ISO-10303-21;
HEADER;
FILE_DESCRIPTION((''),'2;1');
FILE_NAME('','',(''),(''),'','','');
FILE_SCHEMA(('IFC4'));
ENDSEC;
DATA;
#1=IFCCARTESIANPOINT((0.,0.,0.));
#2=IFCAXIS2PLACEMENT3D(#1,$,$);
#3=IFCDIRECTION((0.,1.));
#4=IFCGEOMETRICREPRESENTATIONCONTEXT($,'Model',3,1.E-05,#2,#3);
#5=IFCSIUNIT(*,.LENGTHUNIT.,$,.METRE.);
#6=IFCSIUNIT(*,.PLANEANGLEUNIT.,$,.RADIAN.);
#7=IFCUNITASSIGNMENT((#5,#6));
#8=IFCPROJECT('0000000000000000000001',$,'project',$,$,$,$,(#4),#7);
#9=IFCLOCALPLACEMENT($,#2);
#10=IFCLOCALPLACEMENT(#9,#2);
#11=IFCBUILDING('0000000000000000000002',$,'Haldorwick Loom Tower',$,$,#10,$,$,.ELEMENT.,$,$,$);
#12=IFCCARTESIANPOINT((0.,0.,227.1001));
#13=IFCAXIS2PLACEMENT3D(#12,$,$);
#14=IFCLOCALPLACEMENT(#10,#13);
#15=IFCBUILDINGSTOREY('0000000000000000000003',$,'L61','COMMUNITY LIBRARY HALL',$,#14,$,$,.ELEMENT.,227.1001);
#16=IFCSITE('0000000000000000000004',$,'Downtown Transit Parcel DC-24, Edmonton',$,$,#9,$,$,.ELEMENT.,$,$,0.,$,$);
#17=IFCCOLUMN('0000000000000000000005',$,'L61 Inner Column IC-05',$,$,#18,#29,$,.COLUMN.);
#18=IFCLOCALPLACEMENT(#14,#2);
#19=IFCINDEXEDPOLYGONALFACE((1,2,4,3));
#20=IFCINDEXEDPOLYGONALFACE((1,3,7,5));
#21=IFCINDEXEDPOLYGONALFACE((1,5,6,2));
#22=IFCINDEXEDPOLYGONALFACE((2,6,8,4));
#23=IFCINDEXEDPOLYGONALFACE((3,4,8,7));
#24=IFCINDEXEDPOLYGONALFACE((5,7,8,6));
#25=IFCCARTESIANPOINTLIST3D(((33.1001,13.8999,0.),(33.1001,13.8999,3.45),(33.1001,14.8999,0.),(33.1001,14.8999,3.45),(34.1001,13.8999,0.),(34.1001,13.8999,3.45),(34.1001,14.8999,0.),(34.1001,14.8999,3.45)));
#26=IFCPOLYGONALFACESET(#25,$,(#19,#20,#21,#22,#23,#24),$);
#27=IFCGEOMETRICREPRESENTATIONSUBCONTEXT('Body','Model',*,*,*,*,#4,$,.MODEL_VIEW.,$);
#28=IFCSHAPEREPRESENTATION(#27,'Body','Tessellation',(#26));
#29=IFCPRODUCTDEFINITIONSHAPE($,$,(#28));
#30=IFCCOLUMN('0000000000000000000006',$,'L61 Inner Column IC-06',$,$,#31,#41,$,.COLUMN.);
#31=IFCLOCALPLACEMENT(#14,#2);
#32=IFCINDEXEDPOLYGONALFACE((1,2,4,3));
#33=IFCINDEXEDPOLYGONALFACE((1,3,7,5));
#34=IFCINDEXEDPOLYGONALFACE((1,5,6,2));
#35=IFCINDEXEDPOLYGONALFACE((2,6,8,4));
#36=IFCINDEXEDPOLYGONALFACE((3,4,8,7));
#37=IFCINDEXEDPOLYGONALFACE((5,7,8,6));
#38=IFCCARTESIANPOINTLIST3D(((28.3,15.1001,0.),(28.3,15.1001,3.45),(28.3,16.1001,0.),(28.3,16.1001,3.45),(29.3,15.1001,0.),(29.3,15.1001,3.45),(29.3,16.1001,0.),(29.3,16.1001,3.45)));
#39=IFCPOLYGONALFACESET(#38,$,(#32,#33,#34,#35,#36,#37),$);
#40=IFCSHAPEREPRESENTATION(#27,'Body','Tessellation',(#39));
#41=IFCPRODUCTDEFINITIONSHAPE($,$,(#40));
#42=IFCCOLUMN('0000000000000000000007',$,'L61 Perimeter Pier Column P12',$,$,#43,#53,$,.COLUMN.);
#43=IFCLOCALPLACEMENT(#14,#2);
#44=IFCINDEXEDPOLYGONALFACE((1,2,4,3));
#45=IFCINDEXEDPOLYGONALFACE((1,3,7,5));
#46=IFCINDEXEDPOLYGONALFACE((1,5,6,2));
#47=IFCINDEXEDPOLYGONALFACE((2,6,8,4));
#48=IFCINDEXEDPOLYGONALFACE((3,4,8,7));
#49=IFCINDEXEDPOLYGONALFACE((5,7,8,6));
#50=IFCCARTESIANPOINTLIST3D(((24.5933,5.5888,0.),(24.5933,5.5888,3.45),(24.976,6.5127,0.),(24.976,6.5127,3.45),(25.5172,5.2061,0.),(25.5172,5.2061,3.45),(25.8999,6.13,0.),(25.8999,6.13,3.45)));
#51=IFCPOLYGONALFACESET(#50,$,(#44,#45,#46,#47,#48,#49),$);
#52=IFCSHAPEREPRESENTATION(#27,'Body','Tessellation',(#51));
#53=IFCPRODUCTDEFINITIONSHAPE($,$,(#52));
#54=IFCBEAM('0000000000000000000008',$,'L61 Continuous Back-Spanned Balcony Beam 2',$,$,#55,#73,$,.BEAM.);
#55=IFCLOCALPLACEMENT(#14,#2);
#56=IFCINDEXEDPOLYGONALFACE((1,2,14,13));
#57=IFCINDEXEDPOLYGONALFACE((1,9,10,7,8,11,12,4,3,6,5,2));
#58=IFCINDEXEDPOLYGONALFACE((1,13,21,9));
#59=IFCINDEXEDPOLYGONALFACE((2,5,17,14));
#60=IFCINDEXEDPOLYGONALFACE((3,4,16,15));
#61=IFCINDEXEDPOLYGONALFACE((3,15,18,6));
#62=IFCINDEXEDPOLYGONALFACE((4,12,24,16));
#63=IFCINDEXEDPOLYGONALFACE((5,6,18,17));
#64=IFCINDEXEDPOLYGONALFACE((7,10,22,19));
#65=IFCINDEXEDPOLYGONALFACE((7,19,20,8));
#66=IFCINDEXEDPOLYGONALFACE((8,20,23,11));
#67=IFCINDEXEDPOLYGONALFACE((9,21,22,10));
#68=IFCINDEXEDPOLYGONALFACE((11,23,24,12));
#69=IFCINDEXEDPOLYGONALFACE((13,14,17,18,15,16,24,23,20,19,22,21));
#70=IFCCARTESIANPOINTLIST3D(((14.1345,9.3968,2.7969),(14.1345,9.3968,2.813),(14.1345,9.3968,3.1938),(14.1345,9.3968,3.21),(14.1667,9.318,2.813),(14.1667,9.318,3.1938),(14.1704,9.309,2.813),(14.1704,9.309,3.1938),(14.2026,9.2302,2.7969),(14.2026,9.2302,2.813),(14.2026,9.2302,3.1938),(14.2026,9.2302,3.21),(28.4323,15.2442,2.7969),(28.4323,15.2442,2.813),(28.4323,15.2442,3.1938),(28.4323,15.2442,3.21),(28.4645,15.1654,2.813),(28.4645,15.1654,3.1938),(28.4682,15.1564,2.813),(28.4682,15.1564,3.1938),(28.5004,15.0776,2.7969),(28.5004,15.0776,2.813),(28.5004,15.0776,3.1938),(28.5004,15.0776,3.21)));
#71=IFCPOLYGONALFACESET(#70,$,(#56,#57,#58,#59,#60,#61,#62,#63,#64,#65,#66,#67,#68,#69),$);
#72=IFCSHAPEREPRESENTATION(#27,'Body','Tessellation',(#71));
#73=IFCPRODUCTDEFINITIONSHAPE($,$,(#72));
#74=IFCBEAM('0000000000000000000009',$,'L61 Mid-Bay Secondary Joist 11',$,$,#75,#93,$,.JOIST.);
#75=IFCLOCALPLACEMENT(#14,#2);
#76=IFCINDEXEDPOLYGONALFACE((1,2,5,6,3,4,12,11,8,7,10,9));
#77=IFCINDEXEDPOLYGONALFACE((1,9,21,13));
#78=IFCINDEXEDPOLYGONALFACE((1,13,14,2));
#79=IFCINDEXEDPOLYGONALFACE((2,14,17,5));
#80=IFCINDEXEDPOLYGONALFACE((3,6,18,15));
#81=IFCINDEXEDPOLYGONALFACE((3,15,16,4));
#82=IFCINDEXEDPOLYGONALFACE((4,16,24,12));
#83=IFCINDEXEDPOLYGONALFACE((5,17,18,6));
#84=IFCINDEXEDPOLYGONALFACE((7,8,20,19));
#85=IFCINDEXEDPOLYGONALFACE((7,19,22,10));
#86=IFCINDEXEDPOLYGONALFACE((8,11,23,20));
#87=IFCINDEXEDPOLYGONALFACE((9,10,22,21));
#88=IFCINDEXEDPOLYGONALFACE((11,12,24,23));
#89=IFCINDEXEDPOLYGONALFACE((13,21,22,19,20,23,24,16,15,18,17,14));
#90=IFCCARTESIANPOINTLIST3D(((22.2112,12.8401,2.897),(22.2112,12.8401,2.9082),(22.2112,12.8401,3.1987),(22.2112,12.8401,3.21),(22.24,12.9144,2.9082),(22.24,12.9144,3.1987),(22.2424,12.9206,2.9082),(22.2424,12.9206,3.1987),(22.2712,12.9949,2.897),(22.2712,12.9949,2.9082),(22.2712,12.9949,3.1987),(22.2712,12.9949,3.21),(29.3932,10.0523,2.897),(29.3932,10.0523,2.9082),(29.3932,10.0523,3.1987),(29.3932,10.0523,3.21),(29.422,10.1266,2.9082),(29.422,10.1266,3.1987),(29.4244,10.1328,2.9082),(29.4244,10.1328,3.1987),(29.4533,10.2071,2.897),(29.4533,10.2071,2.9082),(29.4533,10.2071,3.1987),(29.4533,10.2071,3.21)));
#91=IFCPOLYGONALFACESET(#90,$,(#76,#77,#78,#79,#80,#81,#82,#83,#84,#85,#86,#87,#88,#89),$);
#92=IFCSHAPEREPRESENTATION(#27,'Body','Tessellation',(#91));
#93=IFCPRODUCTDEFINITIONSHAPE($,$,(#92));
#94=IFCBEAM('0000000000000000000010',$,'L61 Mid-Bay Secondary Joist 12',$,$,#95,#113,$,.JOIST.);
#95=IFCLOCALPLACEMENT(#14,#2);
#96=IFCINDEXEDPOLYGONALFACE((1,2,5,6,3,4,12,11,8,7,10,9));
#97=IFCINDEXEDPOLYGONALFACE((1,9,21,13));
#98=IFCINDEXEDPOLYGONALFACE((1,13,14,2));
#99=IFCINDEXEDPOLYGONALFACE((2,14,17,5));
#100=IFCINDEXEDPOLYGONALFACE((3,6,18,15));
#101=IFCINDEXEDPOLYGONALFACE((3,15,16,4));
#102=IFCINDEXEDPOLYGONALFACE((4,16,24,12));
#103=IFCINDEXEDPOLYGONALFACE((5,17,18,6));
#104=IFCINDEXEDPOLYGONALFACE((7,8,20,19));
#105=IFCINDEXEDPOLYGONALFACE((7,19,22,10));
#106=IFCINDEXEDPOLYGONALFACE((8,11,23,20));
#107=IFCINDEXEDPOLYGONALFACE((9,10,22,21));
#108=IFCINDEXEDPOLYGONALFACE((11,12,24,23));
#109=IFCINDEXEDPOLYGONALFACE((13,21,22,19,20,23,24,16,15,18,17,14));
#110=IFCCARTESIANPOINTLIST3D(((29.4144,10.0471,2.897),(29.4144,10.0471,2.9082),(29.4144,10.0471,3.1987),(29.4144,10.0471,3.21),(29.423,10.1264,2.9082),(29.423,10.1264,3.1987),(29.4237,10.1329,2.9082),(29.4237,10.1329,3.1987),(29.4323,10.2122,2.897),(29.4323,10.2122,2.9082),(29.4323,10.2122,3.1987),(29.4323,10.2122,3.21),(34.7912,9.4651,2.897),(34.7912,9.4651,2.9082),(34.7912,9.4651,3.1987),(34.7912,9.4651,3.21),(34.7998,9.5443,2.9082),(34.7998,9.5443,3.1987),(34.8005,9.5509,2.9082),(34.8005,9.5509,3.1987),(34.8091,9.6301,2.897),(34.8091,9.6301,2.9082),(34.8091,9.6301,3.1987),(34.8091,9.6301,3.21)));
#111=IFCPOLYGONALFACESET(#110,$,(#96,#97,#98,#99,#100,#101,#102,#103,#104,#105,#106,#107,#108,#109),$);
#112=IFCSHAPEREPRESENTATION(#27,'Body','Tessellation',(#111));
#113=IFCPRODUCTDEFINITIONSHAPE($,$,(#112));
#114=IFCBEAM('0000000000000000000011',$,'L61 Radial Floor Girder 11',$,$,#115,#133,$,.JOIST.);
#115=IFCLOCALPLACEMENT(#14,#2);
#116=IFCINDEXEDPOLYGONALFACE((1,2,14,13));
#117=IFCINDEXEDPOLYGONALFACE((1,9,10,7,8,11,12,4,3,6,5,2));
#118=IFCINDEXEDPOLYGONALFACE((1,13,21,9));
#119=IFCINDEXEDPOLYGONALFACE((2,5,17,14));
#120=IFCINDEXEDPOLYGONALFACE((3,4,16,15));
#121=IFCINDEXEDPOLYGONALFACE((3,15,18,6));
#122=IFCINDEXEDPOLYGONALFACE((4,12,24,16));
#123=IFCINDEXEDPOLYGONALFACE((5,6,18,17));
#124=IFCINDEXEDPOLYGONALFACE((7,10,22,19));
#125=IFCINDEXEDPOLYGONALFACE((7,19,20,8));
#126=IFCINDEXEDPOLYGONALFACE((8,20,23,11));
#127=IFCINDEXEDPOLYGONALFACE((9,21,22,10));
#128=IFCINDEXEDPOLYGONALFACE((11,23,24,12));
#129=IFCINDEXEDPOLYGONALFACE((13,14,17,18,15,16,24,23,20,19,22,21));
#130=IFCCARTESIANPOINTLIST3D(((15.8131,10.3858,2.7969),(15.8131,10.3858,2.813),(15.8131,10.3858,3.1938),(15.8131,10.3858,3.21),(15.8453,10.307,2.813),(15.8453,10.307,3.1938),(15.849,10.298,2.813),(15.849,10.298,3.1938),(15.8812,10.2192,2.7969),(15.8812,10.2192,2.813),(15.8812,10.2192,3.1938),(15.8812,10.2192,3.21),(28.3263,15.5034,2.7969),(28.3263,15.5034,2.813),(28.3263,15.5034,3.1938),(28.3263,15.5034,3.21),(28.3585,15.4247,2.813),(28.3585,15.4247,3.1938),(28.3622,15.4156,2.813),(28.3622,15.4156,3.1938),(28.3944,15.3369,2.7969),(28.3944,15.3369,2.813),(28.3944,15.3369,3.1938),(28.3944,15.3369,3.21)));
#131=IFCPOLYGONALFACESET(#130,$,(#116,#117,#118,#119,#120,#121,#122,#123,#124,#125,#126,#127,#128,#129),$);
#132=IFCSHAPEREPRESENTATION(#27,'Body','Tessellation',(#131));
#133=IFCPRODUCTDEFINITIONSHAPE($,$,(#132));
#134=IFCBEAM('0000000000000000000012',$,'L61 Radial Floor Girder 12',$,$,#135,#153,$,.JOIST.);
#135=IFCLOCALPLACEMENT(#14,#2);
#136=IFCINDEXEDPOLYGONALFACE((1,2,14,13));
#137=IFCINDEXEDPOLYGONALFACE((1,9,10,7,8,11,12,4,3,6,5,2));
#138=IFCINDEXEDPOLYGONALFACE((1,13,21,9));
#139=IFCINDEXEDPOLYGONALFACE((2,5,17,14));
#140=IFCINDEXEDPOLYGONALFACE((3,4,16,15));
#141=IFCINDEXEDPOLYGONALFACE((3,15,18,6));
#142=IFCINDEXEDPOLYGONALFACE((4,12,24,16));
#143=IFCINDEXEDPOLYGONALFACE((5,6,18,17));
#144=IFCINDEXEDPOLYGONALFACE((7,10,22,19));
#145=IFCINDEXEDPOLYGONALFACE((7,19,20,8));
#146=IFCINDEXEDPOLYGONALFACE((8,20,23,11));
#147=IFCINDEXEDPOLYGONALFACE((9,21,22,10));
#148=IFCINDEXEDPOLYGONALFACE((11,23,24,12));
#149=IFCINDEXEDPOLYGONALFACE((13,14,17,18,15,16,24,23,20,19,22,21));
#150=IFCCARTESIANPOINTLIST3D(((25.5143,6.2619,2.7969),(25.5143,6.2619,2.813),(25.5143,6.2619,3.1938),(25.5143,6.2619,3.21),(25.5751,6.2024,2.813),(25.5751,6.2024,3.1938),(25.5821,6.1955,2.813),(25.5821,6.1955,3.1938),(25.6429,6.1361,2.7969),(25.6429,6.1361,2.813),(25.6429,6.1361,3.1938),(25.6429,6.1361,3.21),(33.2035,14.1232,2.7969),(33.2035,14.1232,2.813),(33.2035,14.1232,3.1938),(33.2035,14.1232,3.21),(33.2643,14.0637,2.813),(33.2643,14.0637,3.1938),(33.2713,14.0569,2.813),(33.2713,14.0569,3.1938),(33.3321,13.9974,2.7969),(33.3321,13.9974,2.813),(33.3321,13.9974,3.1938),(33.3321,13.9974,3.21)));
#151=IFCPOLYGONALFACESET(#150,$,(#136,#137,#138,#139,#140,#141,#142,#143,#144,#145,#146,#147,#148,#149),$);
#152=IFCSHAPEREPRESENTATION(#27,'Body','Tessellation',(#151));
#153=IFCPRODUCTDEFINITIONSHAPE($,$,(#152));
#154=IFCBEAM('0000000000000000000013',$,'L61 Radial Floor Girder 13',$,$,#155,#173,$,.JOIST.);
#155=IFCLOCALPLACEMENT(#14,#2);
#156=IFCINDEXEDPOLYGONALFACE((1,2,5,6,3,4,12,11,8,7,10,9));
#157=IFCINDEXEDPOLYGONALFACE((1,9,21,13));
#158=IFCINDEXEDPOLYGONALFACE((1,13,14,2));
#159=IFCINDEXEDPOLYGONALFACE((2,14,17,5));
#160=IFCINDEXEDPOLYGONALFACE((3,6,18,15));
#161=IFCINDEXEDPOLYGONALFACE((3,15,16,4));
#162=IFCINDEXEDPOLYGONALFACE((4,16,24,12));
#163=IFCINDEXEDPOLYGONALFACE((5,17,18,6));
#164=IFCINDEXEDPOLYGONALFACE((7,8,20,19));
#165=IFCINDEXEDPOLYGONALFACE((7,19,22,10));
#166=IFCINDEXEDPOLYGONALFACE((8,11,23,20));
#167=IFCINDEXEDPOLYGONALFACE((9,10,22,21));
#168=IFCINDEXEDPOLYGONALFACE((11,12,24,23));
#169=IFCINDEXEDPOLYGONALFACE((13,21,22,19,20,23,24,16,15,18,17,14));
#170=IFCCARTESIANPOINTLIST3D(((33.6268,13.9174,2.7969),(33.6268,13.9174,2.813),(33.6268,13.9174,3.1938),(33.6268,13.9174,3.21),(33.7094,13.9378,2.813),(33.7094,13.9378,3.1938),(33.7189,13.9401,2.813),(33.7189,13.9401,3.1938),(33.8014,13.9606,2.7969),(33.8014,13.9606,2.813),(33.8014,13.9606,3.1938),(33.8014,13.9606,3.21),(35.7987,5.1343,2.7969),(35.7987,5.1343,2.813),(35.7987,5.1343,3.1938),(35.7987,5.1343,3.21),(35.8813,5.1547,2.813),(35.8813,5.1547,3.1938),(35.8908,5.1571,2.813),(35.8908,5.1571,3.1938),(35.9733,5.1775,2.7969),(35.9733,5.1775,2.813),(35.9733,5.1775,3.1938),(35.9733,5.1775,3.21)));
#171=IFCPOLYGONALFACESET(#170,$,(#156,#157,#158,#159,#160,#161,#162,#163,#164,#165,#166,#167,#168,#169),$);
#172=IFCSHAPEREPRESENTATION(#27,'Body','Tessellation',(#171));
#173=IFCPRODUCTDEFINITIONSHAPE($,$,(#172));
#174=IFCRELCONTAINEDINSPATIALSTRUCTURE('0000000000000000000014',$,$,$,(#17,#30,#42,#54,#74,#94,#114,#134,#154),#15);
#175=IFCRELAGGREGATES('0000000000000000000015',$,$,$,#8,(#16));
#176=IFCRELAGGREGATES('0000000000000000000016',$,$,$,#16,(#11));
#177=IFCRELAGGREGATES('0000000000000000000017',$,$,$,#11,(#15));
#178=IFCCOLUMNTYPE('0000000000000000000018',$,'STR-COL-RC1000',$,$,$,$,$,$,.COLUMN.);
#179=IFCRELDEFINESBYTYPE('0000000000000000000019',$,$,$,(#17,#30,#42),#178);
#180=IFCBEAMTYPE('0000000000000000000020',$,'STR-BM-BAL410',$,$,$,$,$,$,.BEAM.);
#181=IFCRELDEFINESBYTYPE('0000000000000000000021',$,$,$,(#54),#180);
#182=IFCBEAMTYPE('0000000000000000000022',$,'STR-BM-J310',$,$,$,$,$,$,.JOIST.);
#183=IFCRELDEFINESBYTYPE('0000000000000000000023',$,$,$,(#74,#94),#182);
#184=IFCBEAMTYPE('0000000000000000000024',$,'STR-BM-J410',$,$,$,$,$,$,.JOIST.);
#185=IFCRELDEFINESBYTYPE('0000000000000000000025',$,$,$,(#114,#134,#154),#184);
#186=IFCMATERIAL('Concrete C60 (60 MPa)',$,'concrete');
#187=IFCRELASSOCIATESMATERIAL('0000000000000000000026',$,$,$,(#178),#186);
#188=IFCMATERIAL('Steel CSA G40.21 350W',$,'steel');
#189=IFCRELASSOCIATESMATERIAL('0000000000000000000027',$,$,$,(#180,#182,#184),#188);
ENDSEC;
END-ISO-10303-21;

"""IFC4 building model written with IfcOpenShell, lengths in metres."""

from ifc_helpers import new_model, si_unit, direction, frame, origin, origin_2d, place, context, subcontext, project, spatial, rectangle, i_section, extrude, material, material_profile, profile_set, type_object, element, save


model = new_model("IFC4")

# Units and contexts
model_context = context("Model", 3, precision=1e-05, world=origin(), true_north=direction((0.0, 1.0)))
body_context = subcontext(model_context, "Body", "Model", "MODEL_VIEW")
ifc_project = project(units=[si_unit("LENGTHUNIT", "METRE"), si_unit("PLANEANGLEUNIT", "RADIAN")], contexts=[model_context])

# Site, building, storey
site_placement = place(None, origin())
site = spatial("IfcSite", under=ifc_project, at=site_placement, Name="Downtown Transit Parcel DC-24, Edmonton", CompositionType="ELEMENT", RefElevation=0.0)
building_placement = place(site_placement, origin())
building = spatial("IfcBuilding", under=site, at=building_placement, Name="Haldorwick Loom Tower", CompositionType="ELEMENT")
storey_placement = place(building_placement, frame((0.0, 0.0, 227.1001)))
storey = spatial("IfcBuildingStorey", under=building, at=storey_placement, Name="L61", Description="COMMUNITY LIBRARY HALL", CompositionType="ELEMENT", Elevation=227.1001)

# Columns
ifc_material_1 = material(Name="Concrete C60 (60 MPa)", Category="concrete")
ifc_material_profile_1 = material_profile(ifc_material_1, rectangle(XDim=1.0, YDim=1.0, at=origin_2d()), Name="RC1000X1000", Category="concrete")
ifc_profile_set_1 = profile_set([ifc_material_profile_1], Name="Concrete C60 (60 MPa)")
column_type = type_object("IfcColumnType", Name="STR-COL-RC1000", PredefinedType="COLUMN", material=ifc_profile_set_1)
for number, where, z_axis, x_axis, name in (
    (1, (33.6001, 14.3999, 0.0), (0.0, 0.0, 1.0), (1.0, 0.0, 0.0), "L61 Inner Column IC-05"),
    (2, (28.8, 15.6001, 0.0), (0.0, 0.0, 1.0), (1.0, 0.0, 0.0), "L61 Inner Column IC-06"),
    (3, (25.2466, 5.8594, 0.0), (0.0, 0.0, 1.0), (-0.382683, -0.92388, 0.0), "L61 Perimeter Pier Column P12"),
):
    element("IfcColumn", number, at=place(storey_placement, frame(where, z_axis=z_axis, x_axis=x_axis)), inside=storey, type_object=column_type, Name=name, PredefinedType="COLUMN", context=body_context, shape_type="SweptSolid", body=[
        extrude(rectangle(XDim=1.0, YDim=1.0, at=origin_2d()), origin(), (0.0, 0.0, 1.0), 3.45),
    ])

# Beams
ifc_material_2 = material(Name="Steel CSA G40.21 350W", Category="steel")
ifc_material_profile_2 = material_profile(ifc_material_2, i_section(OverallWidth=0.1799, OverallDepth=0.4131, WebThickness=0.0098, FlangeThickness=0.0161, at=origin_2d()), Name="W410X74", Category="steel")
ifc_profile_set_2 = profile_set([ifc_material_profile_2], Name="Steel CSA G40.21 350W")
beam_type_1 = type_object("IfcBeamType", Name="STR-BM-BAL410", PredefinedType="BEAM", material=ifc_profile_set_2)
beam_1_placement = place(storey_placement, frame((28.4663, 15.1609, 3.0034), z_axis=(-0.925586, -0.378538, 0.0), x_axis=(0.378538, -0.925586, 0.0)))
element("IfcBeam", 4, at=beam_1_placement, inside=storey, type_object=beam_type_1, Name="L61 Continuous Back-Spanned Balcony Beam 2", PredefinedType="BEAM", context=body_context, shape_type="SweptSolid", body=[
    extrude(i_section(OverallWidth=0.1799, OverallDepth=0.4131, WebThickness=0.0098, FlangeThickness=0.0161, at=origin_2d()), origin(), (0.0, 0.0, 1.0), 15.4473),
])
ifc_material_profile_3 = material_profile(ifc_material_2, i_section(OverallWidth=0.166, OverallDepth=0.313, WebThickness=0.0066, FlangeThickness=0.0112, at=origin_2d()), Name="W310X45", Category="steel")
ifc_profile_set_3 = profile_set([ifc_material_profile_3], Name="Steel CSA G40.21 350W")
beam_type_2 = type_object("IfcBeamType", Name="STR-BM-J310", PredefinedType="JOIST", material=ifc_profile_set_3)
beam_2_placement = place(storey_placement, frame((22.2412, 12.9175, 3.0535), z_axis=(0.932233, -0.361859, 0.0), x_axis=(0.361859, 0.932233, 0.0)))
element("IfcBeam", 5, at=beam_2_placement, inside=storey, type_object=beam_type_2, Name="L61 Mid-Bay Secondary Joist 11", PredefinedType="JOIST", context=body_context, shape_type="SweptSolid", body=[
    extrude(i_section(OverallWidth=0.166, OverallDepth=0.313, WebThickness=0.0066, FlangeThickness=0.0112, at=origin_2d()), origin(), (0.0, 0.0, 1.0), 7.7041),
])
beam_3_placement = place(storey_placement, frame((29.4233, 10.1296, 3.0535), z_axis=(0.994192, -0.107622, 0.0), x_axis=(0.107622, 0.994192, 0.0)))
element("IfcBeam", 6, at=beam_3_placement, inside=storey, type_object=beam_type_2, Name="L61 Mid-Bay Secondary Joist 12", PredefinedType="JOIST", context=body_context, shape_type="SweptSolid", body=[
    extrude(i_section(OverallWidth=0.166, OverallDepth=0.313, WebThickness=0.0066, FlangeThickness=0.0112, at=origin_2d()), origin(), (0.0, 0.0, 1.0), 5.4082),
])
ifc_material_profile_4 = material_profile(ifc_material_2, i_section(OverallWidth=0.1799, OverallDepth=0.4131, WebThickness=0.0098, FlangeThickness=0.0161, at=origin_2d()), Name="W410X74", Category="steel")
ifc_profile_set_4 = profile_set([ifc_material_profile_4], Name="Steel CSA G40.21 350W")
beam_type_3 = type_object("IfcBeamType", Name="STR-BM-J410", PredefinedType="JOIST", material=ifc_profile_set_4)
beam_4_placement = place(storey_placement, frame((28.3604, 15.4202, 3.0034), z_axis=(-0.925582, -0.378547, 0.0), x_axis=(0.378547, -0.925582, 0.0)))
element("IfcBeam", 7, at=beam_4_placement, inside=storey, type_object=beam_type_3, Name="L61 Radial Floor Girder 11", PredefinedType="JOIST", context=body_context, shape_type="SweptSolid", body=[
    extrude(i_section(OverallWidth=0.1799, OverallDepth=0.4131, WebThickness=0.0098, FlangeThickness=0.0161, at=origin_2d()), origin(), (0.0, 0.0, 1.0), 13.5193),
])
beam_5_placement = place(storey_placement, frame((33.2678, 14.0603, 3.0034), z_axis=(-0.699237, -0.71489, 0.0), x_axis=(0.71489, -0.699237, 0.0)))
element("IfcBeam", 8, at=beam_5_placement, inside=storey, type_object=beam_type_3, Name="L61 Radial Floor Girder 12", PredefinedType="JOIST", context=body_context, shape_type="SweptSolid", body=[
    extrude(i_section(OverallWidth=0.1799, OverallDepth=0.4131, WebThickness=0.0098, FlangeThickness=0.0161, at=origin_2d()), origin(), (0.0, 0.0, 1.0), 10.9966),
])
beam_6_placement = place(storey_placement, frame((33.7141, 13.939, 3.0034), z_axis=(0.240052, -0.97076, 0.0), x_axis=(0.97076, 0.240052, 0.0)))
element("IfcBeam", 9, at=beam_6_placement, inside=storey, type_object=beam_type_3, Name="L61 Radial Floor Girder 13", PredefinedType="JOIST", context=body_context, shape_type="SweptSolid", body=[
    extrude(i_section(OverallWidth=0.1799, OverallDepth=0.4131, WebThickness=0.0098, FlangeThickness=0.0161, at=origin_2d()), origin(), (0.0, 0.0, 1.0), 9.0476),
])

save(model, "model.ifc")
